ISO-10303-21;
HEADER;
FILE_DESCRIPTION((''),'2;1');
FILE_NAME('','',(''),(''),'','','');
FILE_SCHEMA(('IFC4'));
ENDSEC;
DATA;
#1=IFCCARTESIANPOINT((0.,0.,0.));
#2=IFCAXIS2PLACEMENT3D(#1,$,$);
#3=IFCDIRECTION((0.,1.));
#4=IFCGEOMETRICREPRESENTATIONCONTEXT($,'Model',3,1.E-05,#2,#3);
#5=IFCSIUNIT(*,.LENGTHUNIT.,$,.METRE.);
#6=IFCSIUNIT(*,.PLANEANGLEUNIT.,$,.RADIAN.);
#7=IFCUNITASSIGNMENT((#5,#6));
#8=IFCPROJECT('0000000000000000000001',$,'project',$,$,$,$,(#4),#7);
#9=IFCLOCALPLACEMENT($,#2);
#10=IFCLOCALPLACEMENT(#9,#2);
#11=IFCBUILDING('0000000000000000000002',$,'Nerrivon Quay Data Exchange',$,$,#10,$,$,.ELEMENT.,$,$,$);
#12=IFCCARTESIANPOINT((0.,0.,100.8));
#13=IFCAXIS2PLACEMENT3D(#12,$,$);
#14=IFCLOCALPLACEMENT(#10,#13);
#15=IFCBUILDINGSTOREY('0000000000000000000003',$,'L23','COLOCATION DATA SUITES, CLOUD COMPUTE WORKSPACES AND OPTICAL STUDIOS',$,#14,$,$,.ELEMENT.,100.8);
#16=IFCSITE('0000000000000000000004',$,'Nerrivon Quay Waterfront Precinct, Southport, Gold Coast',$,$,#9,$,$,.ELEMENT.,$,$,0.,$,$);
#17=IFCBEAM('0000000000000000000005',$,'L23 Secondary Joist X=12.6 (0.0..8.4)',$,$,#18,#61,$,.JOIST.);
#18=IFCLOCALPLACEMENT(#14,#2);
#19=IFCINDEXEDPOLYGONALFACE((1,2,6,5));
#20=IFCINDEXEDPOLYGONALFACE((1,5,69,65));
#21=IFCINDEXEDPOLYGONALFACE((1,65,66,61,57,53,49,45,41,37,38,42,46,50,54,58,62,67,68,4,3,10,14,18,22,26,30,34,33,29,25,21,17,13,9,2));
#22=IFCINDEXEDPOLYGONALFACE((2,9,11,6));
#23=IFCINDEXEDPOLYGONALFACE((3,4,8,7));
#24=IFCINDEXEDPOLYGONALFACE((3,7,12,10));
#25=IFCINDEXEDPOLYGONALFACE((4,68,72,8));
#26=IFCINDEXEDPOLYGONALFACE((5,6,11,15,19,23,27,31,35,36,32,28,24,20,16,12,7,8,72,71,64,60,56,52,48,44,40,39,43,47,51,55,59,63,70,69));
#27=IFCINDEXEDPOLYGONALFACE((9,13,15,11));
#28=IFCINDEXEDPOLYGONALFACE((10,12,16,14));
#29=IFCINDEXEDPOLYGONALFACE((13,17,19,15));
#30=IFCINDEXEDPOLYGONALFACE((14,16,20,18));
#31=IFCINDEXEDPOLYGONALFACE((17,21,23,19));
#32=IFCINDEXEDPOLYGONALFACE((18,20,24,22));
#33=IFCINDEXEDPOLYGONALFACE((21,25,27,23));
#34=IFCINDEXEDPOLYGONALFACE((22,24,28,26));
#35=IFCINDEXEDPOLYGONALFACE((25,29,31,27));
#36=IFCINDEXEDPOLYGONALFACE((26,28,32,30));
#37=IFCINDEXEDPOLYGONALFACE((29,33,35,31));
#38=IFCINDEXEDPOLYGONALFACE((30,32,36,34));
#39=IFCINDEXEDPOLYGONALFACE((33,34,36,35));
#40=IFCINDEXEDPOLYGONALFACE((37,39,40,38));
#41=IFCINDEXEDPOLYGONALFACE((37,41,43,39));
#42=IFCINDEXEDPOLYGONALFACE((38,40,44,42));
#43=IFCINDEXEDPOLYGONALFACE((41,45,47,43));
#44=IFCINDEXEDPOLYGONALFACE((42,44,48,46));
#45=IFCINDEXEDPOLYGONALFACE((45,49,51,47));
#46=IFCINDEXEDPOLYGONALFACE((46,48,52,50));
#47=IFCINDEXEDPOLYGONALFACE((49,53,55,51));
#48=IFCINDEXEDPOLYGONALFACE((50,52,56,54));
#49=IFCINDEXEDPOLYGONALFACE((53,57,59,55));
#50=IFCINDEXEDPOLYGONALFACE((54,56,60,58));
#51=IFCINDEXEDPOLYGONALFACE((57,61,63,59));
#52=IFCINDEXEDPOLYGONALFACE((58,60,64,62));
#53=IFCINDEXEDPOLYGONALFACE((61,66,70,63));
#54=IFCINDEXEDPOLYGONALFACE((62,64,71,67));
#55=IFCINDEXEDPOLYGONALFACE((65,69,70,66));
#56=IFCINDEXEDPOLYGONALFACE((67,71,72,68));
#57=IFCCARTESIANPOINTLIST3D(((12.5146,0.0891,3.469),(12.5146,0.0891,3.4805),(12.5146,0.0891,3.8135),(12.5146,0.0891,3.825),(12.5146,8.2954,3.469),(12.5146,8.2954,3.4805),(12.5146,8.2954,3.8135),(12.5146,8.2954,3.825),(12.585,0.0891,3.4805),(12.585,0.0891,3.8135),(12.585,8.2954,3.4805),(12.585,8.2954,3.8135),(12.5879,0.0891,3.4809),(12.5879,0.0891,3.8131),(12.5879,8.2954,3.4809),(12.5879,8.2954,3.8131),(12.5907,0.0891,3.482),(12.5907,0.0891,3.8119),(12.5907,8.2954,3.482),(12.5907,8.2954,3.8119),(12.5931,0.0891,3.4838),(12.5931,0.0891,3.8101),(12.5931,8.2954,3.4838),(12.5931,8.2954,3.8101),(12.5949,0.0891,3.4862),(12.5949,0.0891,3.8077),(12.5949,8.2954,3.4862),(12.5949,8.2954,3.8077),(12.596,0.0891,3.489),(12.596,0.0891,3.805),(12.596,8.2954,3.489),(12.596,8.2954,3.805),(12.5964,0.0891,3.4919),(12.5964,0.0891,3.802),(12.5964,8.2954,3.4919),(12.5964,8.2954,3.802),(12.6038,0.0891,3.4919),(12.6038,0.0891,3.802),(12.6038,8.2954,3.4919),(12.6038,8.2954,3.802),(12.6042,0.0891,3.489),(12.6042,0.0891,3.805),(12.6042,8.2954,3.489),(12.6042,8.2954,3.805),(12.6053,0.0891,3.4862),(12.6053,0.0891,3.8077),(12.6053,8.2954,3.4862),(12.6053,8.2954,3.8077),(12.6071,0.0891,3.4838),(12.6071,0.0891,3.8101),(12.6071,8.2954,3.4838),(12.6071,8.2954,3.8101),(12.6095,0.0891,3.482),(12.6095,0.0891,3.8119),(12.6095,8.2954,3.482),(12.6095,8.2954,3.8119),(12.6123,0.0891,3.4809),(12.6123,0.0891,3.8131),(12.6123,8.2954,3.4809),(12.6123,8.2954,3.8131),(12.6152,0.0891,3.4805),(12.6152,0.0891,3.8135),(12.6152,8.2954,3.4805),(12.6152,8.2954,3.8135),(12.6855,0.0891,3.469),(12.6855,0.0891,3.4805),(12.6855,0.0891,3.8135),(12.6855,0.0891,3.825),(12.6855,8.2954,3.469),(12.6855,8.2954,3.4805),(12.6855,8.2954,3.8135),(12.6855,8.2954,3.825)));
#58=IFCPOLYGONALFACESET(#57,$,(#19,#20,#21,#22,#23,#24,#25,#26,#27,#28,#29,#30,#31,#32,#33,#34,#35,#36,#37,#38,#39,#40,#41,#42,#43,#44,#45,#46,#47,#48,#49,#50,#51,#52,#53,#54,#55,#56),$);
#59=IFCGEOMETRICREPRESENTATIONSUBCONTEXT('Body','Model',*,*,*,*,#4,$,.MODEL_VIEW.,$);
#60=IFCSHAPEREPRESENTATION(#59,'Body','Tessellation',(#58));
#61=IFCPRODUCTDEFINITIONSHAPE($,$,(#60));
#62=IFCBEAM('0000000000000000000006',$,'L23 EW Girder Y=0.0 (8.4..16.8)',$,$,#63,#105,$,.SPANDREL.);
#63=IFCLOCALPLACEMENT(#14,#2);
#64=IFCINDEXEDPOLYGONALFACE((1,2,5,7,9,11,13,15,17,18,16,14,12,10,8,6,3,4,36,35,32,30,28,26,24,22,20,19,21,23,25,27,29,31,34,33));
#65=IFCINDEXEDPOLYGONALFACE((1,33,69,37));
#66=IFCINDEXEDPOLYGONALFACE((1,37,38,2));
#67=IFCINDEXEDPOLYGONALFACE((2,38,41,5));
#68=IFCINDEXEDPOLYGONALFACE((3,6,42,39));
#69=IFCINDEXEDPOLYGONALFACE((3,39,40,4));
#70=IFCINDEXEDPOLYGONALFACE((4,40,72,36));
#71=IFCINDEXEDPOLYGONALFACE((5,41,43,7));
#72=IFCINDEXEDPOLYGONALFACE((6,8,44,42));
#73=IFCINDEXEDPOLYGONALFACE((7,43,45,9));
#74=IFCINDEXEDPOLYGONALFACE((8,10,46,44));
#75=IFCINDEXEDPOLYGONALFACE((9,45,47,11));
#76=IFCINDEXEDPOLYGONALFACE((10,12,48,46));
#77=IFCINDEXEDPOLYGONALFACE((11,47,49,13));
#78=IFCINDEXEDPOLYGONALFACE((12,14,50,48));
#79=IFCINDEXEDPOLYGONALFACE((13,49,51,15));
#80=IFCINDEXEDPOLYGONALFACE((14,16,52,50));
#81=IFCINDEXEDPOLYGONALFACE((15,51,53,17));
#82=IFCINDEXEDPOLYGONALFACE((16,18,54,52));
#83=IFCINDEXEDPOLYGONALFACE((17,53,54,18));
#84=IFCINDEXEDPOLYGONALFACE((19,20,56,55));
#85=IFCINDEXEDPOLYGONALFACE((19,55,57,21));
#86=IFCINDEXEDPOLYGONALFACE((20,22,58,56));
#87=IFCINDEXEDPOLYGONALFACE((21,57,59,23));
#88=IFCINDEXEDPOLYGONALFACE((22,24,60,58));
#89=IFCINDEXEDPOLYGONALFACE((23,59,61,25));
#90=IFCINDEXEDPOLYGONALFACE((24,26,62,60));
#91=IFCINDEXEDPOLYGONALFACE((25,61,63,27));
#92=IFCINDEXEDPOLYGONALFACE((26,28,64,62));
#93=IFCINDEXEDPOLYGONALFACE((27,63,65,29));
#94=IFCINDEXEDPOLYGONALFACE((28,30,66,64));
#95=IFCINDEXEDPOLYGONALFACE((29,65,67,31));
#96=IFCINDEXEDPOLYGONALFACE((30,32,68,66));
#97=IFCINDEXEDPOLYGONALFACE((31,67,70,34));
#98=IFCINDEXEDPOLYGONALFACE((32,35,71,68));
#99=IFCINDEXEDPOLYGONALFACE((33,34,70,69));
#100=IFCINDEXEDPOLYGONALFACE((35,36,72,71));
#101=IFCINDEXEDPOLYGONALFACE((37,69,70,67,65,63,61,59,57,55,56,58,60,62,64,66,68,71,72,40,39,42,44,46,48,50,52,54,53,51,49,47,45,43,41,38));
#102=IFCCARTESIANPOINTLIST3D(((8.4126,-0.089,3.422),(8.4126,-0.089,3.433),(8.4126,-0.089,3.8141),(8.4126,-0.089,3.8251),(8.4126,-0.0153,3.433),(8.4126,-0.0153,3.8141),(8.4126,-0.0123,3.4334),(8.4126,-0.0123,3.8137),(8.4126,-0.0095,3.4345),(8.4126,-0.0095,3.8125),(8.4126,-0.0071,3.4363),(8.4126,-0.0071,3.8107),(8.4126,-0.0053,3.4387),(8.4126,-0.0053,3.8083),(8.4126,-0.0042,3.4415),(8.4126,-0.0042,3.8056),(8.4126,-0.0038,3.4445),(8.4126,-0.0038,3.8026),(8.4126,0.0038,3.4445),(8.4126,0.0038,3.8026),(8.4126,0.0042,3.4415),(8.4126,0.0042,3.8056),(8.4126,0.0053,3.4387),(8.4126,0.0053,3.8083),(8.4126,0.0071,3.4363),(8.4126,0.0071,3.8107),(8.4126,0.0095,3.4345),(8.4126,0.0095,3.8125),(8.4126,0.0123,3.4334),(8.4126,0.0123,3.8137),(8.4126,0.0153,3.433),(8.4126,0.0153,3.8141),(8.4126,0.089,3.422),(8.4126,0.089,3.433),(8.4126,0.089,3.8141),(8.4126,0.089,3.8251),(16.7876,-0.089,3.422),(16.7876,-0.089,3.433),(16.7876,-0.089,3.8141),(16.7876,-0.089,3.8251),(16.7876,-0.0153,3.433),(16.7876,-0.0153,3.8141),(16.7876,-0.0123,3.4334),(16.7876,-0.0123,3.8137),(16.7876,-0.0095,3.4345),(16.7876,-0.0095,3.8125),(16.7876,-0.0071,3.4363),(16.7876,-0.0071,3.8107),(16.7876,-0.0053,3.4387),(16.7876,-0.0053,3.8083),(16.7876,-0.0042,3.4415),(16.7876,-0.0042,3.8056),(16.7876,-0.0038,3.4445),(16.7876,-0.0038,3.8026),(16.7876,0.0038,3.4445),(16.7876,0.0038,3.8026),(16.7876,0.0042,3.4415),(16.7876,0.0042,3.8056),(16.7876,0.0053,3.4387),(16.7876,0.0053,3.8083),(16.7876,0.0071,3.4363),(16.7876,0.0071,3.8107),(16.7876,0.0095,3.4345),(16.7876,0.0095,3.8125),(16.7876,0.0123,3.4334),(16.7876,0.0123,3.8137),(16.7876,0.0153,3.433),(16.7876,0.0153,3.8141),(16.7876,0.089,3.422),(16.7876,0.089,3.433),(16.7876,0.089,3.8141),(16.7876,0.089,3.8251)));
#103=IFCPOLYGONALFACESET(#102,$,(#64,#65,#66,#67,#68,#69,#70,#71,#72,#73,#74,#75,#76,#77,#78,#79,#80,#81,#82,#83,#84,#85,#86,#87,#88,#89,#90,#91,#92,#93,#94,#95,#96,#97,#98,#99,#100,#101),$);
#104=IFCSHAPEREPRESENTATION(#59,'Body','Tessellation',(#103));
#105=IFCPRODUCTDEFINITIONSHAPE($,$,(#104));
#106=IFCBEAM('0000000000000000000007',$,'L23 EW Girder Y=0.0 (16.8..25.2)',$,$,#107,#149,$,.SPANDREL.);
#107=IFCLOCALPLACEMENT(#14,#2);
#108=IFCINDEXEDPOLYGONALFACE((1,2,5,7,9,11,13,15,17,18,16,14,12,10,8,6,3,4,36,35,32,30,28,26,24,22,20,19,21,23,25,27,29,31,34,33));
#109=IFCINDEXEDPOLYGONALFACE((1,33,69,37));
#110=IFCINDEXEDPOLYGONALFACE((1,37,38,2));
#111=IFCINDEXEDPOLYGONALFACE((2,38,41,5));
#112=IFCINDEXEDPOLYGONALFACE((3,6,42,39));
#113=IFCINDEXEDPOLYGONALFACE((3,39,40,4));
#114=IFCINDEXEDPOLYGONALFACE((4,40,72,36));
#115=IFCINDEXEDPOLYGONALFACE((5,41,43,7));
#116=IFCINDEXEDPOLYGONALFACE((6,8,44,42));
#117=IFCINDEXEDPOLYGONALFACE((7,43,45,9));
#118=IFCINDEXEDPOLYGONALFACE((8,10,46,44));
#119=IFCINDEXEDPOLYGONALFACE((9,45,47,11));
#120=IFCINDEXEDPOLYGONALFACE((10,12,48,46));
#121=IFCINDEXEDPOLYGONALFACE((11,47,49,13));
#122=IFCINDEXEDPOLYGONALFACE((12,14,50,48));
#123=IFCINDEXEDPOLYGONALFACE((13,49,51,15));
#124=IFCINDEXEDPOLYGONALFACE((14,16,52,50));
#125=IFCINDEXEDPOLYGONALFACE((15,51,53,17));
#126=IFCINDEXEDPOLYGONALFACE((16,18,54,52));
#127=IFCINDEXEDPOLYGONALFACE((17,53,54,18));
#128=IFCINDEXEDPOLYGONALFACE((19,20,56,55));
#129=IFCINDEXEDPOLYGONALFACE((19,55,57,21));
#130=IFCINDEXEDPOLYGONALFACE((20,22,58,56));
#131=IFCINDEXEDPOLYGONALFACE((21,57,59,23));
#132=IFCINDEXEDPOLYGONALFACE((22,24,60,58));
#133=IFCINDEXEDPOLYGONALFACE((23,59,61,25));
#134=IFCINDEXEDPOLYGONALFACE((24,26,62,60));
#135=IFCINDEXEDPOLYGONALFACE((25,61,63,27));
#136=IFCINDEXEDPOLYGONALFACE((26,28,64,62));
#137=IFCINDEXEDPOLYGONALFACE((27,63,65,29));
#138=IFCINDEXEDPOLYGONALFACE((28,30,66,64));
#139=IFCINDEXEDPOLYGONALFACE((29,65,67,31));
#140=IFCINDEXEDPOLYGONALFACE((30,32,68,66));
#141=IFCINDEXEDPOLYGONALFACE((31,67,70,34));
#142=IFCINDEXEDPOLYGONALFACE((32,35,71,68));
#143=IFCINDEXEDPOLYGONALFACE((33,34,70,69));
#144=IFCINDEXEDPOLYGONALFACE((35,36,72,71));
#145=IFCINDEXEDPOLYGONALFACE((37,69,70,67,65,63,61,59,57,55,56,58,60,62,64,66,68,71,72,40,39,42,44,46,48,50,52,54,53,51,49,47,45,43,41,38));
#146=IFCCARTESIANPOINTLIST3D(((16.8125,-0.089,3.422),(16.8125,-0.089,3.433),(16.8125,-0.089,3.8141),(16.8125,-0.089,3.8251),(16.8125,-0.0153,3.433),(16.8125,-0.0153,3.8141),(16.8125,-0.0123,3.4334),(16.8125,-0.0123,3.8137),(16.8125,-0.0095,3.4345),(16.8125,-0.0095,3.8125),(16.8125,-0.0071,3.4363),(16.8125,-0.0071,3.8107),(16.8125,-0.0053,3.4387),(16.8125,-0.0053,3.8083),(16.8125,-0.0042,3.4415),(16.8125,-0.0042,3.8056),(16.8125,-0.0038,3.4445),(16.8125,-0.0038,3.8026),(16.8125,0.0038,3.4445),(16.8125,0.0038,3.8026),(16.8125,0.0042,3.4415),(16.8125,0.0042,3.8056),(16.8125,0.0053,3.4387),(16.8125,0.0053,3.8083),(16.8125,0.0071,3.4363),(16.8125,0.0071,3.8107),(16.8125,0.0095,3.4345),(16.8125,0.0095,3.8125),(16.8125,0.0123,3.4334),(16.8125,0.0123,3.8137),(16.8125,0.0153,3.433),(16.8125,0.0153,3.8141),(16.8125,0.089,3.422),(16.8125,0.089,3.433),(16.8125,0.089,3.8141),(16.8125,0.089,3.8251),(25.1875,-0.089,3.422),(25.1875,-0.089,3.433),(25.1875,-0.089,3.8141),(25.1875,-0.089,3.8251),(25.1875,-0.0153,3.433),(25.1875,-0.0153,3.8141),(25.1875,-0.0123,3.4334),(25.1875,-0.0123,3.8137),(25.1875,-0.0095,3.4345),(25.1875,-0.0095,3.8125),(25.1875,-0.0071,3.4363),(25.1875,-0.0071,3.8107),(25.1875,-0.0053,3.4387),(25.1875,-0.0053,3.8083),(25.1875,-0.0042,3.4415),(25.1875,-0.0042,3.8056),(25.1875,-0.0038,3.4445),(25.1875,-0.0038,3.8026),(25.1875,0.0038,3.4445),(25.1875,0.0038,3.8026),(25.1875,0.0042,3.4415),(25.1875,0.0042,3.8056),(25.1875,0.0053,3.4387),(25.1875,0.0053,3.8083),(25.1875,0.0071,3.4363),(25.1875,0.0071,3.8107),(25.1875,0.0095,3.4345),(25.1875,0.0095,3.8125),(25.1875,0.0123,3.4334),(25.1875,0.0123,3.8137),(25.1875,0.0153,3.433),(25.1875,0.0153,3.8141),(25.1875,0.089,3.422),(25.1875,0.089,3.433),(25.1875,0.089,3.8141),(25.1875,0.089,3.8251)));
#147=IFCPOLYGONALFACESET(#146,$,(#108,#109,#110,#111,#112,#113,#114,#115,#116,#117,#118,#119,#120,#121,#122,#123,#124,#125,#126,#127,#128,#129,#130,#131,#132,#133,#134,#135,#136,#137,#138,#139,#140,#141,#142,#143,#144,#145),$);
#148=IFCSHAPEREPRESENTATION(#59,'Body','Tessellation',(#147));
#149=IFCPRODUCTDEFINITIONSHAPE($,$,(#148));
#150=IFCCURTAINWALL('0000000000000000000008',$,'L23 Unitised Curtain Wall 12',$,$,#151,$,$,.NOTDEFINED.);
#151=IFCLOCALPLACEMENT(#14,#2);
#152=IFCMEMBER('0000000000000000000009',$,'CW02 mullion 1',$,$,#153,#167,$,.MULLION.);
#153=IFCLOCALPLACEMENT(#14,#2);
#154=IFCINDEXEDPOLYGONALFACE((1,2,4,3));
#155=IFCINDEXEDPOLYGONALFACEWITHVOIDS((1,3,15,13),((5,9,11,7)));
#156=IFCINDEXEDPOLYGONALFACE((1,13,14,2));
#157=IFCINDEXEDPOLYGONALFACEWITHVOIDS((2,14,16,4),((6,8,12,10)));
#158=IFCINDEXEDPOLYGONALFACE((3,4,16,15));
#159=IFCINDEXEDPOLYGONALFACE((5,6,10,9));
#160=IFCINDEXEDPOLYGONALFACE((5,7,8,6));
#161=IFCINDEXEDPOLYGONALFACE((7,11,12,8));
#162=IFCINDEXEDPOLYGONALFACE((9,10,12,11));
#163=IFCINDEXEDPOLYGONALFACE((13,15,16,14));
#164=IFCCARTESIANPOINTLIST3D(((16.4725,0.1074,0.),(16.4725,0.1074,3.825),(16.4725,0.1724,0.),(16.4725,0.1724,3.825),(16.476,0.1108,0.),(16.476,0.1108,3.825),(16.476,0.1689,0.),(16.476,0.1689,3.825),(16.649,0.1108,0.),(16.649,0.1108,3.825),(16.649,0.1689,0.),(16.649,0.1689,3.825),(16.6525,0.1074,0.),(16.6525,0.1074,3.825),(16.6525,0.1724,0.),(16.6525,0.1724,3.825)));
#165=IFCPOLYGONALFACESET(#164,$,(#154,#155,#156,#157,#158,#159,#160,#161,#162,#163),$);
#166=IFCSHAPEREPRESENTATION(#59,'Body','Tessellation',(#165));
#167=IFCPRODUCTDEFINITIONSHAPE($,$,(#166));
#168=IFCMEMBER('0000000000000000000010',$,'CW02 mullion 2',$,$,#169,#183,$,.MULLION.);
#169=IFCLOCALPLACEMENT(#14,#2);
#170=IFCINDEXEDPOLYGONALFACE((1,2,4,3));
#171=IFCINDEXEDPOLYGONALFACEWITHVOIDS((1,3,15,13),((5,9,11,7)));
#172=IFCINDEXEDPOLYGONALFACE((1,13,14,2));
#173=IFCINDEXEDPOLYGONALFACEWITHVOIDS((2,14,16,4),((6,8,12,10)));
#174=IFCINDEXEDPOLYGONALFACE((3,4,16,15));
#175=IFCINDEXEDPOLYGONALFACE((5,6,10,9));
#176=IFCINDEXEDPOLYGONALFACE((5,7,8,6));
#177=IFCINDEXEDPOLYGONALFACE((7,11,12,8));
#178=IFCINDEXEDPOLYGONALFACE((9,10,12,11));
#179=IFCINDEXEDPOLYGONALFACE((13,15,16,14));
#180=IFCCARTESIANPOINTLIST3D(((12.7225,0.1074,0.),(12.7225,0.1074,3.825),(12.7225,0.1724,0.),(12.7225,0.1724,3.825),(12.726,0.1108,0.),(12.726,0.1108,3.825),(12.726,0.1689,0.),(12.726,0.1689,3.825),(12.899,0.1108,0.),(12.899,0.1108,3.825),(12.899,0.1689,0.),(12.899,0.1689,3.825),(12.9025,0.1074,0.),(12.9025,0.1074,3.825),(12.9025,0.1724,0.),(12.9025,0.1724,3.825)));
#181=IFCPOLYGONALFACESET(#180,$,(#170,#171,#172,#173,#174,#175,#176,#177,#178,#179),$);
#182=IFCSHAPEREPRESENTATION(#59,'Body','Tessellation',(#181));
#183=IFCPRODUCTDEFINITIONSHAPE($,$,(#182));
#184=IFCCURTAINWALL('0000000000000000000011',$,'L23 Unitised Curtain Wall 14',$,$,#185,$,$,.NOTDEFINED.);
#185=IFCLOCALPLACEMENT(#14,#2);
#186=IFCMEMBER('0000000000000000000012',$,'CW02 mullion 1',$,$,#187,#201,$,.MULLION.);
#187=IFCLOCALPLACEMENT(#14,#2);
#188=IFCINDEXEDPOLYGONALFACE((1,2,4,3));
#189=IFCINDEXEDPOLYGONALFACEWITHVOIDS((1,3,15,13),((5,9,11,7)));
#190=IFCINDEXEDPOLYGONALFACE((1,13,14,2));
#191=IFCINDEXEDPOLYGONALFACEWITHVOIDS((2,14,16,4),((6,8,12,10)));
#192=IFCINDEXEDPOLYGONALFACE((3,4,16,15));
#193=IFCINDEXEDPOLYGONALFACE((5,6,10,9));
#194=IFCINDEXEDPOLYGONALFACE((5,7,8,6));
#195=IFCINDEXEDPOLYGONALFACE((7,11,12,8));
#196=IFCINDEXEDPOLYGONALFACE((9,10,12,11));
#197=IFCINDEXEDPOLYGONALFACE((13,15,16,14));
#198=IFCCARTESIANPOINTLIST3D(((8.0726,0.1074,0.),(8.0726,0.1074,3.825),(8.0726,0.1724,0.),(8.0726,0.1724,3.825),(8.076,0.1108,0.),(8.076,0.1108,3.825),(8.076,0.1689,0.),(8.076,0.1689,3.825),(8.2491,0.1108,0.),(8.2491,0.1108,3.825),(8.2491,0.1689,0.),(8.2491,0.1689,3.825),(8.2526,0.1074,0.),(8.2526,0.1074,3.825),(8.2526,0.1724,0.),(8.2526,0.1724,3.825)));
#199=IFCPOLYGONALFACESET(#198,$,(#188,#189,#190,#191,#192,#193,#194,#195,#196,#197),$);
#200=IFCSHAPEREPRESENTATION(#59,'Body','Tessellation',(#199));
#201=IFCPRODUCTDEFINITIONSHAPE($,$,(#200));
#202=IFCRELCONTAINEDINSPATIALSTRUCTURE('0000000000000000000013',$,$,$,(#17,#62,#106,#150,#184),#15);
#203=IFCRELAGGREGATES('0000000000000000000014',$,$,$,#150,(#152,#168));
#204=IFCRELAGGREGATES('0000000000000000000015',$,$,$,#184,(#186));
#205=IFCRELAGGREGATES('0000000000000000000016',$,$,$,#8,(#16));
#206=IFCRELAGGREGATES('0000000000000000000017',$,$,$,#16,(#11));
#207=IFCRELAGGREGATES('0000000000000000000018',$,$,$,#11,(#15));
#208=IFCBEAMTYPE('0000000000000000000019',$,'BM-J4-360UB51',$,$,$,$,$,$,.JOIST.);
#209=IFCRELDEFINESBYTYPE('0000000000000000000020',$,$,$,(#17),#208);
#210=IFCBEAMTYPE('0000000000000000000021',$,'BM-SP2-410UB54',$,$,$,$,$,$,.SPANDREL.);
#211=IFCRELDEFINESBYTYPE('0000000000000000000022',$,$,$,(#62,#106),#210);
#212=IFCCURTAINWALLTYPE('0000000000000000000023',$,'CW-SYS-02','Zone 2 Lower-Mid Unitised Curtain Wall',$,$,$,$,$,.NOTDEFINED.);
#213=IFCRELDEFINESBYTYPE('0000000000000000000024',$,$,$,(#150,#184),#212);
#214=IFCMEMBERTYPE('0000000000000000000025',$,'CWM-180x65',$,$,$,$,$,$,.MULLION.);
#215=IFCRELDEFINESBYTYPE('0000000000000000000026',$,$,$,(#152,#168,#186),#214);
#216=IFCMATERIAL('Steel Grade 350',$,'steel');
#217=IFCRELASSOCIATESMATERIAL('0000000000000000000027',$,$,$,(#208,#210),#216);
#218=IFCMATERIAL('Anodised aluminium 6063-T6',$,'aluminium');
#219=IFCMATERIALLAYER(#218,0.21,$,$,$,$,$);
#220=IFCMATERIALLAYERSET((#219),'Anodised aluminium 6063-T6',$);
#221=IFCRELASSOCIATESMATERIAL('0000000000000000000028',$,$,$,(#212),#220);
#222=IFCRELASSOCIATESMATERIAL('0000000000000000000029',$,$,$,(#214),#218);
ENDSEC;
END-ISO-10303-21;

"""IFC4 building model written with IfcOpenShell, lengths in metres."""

from ifc_helpers import new_model, si_unit, direction, frame, origin, origin_2d, place, context, subcontext, project, spatial, hollow_rectangle, i_section, extrude, material, layer, layer_set, material_profile, profile_set, type_object, element, aggregate, save


model = new_model("IFC4")

# Units and contexts
model_context = context("Model", 3, precision=1e-05, world=origin(), true_north=direction((0.0, 1.0)))
body_context = subcontext(model_context, "Body", "Model", "MODEL_VIEW")
ifc_project = project(units=[si_unit("LENGTHUNIT", "METRE"), si_unit("PLANEANGLEUNIT", "RADIAN")], contexts=[model_context])

# Site, building, storey
site_placement = place(None, origin())
site = spatial("IfcSite", under=ifc_project, at=site_placement, Name="Nerrivon Quay Waterfront Precinct, Southport, Gold Coast", CompositionType="ELEMENT", RefElevation=0.0)
building_placement = place(site_placement, origin())
building = spatial("IfcBuilding", under=site, at=building_placement, Name="Nerrivon Quay Data Exchange", CompositionType="ELEMENT")
storey_placement = place(building_placement, frame((0.0, 0.0, 100.8)))
storey = spatial("IfcBuildingStorey", under=building, at=storey_placement, Name="L23", Description="COLOCATION DATA SUITES, CLOUD COMPUTE WORKSPACES AND OPTICAL STUDIOS", CompositionType="ELEMENT", Elevation=100.8)

# Shared definitions
ifc_material_1 = material(Name="Steel Grade 350", Category="steel")

# Beams
ifc_material_profile_1 = material_profile(ifc_material_1, i_section(OverallWidth=0.1709, OverallDepth=0.356, WebThickness=0.0073, FlangeThickness=0.0115, FilletRadius=0.0115, at=origin_2d()), Name="360UB50.7")
ifc_profile_set_1 = profile_set([ifc_material_profile_1], Name="Steel Grade 350")
beam_type_1 = type_object("IfcBeamType", Name="BM-J4-360UB51", PredefinedType="JOIST", material=ifc_profile_set_1)
beam_1_placement = place(storey_placement, frame((12.6001, 0.0891, 3.647), z_axis=(0.0, 1.0, 0.0), x_axis=(-1.0, 0.0, 0.0)))
element("IfcBeam", 1, at=beam_1_placement, inside=storey, type_object=beam_type_1, Name="L23 Secondary Joist X=12.6 (0.0..8.4)", PredefinedType="JOIST", context=body_context, shape_type="SweptSolid", body=[
    extrude(i_section(OverallWidth=0.1709, OverallDepth=0.356, WebThickness=0.0073, FlangeThickness=0.0115, FilletRadius=0.0115, at=origin_2d()), origin(), (0.0, 0.0, 1.0), 8.2063),
])
ifc_material_profile_2 = material_profile(ifc_material_1, i_section(OverallWidth=0.178, OverallDepth=0.4031, WebThickness=0.0076, FlangeThickness=0.011, FilletRadius=0.0115, at=origin_2d()), Name="410UB53.7")
ifc_profile_set_2 = profile_set([ifc_material_profile_2], Name="Steel Grade 350")
beam_type_2 = type_object("IfcBeamType", Name="BM-SP2-410UB54", PredefinedType="SPANDREL", material=ifc_profile_set_2)
for number, where, z_axis, x_axis, name in (
    (2, (8.4126, 0.0, 3.6235), (1.0, 0.0, 0.0), (0.0, 1.0, 0.0), "L23 EW Girder Y=0.0 (8.4..16.8)"),
    (3, (16.8125, 0.0, 3.6235), (1.0, 0.0, 0.0), (0.0, 1.0, 0.0), "L23 EW Girder Y=0.0 (16.8..25.2)"),
):
    element("IfcBeam", number, at=place(storey_placement, frame(where, z_axis=z_axis, x_axis=x_axis)), inside=storey, type_object=beam_type_2, Name=name, PredefinedType="SPANDREL", context=body_context, shape_type="SweptSolid", body=[
        extrude(i_section(OverallWidth=0.178, OverallDepth=0.4031, WebThickness=0.0076, FlangeThickness=0.011, FilletRadius=0.0115, at=origin_2d()), origin(), (0.0, 0.0, 1.0), 8.375),
    ])

# Curtain wall, members
ifc_material_2 = material(Name="Anodised aluminium 6063-T6", Category="aluminium")
ifc_layer_1 = layer(ifc_material_2, 0.21)
ifc_layer_set_1 = layer_set([ifc_layer_1], Name="Anodised aluminium 6063-T6")
curtain_wall_type = type_object("IfcCurtainWallType", Name="CW-SYS-02", Description="Zone 2 Lower-Mid Unitised Curtain Wall", PredefinedType="NOTDEFINED", material=ifc_layer_set_1)
curtain_wall_1_placement = place(storey_placement, origin())
curtain_wall_1 = element("IfcCurtainWall", 4, at=curtain_wall_1_placement, inside=storey, type_object=curtain_wall_type, Name="L23 Unitised Curtain Wall 12", PredefinedType="NOTDEFINED")
ifc_material_profile_3 = material_profile(ifc_material_2, hollow_rectangle(XDim=0.0649, YDim=0.1799, WallThickness=0.0034, at=origin_2d()), Name="ALU-MULL-180x65")
ifc_profile_set_3 = profile_set([ifc_material_profile_3], Name="Anodised aluminium 6063-T6")
member_type_1 = type_object("IfcMemberType", Name="CWM-180x65", PredefinedType="MULLION", material=ifc_profile_set_3)
member_1_placement = place(storey_placement, frame((16.5625, 0.1399, 0.0), z_axis=(0.0, 0.0, 1.0), x_axis=(0.0, -1.0, 0.0)))
member_1 = element("IfcMember", 5, at=member_1_placement, type_object=member_type_1, Name="CW02 mullion 1", PredefinedType="MULLION", context=body_context, shape_type="SweptSolid", body=[
    extrude(hollow_rectangle(XDim=0.0649, YDim=0.1799, WallThickness=0.0034, at=origin_2d()), origin(), (0.0, 0.0, 1.0), 3.825),
])
member_2_placement = place(storey_placement, frame((12.8125, 0.1399, 0.0), z_axis=(0.0, 0.0, 1.0), x_axis=(0.0, -1.0, 0.0)))
member_2 = element("IfcMember", 6, at=member_2_placement, type_object=member_type_1, Name="CW02 mullion 2", PredefinedType="MULLION", context=body_context, shape_type="SweptSolid", body=[
    extrude(hollow_rectangle(XDim=0.0649, YDim=0.1799, WallThickness=0.0034, at=origin_2d()), origin(), (0.0, 0.0, 1.0), 3.825),
])

# Curtain wall, member
curtain_wall_2_placement = place(storey_placement, origin())
curtain_wall_2 = element("IfcCurtainWall", 7, at=curtain_wall_2_placement, inside=storey, type_object=curtain_wall_type, Name="L23 Unitised Curtain Wall 14", PredefinedType="NOTDEFINED")
member_3_placement = place(storey_placement, frame((8.1626, 0.1399, 0.0), z_axis=(0.0, 0.0, 1.0), x_axis=(0.0, -1.0, 0.0)))
member_3 = element("IfcMember", 8, at=member_3_placement, type_object=member_type_1, Name="CW02 mullion 1", PredefinedType="MULLION", context=body_context, shape_type="SweptSolid", body=[
    extrude(hollow_rectangle(XDim=0.0649, YDim=0.1799, WallThickness=0.0034, at=origin_2d()), origin(), (0.0, 0.0, 1.0), 3.825),
])

aggregate(curtain_wall_1, [member_1, member_2])
aggregate(curtain_wall_2, [member_3])

save(model, "model.ifc")
